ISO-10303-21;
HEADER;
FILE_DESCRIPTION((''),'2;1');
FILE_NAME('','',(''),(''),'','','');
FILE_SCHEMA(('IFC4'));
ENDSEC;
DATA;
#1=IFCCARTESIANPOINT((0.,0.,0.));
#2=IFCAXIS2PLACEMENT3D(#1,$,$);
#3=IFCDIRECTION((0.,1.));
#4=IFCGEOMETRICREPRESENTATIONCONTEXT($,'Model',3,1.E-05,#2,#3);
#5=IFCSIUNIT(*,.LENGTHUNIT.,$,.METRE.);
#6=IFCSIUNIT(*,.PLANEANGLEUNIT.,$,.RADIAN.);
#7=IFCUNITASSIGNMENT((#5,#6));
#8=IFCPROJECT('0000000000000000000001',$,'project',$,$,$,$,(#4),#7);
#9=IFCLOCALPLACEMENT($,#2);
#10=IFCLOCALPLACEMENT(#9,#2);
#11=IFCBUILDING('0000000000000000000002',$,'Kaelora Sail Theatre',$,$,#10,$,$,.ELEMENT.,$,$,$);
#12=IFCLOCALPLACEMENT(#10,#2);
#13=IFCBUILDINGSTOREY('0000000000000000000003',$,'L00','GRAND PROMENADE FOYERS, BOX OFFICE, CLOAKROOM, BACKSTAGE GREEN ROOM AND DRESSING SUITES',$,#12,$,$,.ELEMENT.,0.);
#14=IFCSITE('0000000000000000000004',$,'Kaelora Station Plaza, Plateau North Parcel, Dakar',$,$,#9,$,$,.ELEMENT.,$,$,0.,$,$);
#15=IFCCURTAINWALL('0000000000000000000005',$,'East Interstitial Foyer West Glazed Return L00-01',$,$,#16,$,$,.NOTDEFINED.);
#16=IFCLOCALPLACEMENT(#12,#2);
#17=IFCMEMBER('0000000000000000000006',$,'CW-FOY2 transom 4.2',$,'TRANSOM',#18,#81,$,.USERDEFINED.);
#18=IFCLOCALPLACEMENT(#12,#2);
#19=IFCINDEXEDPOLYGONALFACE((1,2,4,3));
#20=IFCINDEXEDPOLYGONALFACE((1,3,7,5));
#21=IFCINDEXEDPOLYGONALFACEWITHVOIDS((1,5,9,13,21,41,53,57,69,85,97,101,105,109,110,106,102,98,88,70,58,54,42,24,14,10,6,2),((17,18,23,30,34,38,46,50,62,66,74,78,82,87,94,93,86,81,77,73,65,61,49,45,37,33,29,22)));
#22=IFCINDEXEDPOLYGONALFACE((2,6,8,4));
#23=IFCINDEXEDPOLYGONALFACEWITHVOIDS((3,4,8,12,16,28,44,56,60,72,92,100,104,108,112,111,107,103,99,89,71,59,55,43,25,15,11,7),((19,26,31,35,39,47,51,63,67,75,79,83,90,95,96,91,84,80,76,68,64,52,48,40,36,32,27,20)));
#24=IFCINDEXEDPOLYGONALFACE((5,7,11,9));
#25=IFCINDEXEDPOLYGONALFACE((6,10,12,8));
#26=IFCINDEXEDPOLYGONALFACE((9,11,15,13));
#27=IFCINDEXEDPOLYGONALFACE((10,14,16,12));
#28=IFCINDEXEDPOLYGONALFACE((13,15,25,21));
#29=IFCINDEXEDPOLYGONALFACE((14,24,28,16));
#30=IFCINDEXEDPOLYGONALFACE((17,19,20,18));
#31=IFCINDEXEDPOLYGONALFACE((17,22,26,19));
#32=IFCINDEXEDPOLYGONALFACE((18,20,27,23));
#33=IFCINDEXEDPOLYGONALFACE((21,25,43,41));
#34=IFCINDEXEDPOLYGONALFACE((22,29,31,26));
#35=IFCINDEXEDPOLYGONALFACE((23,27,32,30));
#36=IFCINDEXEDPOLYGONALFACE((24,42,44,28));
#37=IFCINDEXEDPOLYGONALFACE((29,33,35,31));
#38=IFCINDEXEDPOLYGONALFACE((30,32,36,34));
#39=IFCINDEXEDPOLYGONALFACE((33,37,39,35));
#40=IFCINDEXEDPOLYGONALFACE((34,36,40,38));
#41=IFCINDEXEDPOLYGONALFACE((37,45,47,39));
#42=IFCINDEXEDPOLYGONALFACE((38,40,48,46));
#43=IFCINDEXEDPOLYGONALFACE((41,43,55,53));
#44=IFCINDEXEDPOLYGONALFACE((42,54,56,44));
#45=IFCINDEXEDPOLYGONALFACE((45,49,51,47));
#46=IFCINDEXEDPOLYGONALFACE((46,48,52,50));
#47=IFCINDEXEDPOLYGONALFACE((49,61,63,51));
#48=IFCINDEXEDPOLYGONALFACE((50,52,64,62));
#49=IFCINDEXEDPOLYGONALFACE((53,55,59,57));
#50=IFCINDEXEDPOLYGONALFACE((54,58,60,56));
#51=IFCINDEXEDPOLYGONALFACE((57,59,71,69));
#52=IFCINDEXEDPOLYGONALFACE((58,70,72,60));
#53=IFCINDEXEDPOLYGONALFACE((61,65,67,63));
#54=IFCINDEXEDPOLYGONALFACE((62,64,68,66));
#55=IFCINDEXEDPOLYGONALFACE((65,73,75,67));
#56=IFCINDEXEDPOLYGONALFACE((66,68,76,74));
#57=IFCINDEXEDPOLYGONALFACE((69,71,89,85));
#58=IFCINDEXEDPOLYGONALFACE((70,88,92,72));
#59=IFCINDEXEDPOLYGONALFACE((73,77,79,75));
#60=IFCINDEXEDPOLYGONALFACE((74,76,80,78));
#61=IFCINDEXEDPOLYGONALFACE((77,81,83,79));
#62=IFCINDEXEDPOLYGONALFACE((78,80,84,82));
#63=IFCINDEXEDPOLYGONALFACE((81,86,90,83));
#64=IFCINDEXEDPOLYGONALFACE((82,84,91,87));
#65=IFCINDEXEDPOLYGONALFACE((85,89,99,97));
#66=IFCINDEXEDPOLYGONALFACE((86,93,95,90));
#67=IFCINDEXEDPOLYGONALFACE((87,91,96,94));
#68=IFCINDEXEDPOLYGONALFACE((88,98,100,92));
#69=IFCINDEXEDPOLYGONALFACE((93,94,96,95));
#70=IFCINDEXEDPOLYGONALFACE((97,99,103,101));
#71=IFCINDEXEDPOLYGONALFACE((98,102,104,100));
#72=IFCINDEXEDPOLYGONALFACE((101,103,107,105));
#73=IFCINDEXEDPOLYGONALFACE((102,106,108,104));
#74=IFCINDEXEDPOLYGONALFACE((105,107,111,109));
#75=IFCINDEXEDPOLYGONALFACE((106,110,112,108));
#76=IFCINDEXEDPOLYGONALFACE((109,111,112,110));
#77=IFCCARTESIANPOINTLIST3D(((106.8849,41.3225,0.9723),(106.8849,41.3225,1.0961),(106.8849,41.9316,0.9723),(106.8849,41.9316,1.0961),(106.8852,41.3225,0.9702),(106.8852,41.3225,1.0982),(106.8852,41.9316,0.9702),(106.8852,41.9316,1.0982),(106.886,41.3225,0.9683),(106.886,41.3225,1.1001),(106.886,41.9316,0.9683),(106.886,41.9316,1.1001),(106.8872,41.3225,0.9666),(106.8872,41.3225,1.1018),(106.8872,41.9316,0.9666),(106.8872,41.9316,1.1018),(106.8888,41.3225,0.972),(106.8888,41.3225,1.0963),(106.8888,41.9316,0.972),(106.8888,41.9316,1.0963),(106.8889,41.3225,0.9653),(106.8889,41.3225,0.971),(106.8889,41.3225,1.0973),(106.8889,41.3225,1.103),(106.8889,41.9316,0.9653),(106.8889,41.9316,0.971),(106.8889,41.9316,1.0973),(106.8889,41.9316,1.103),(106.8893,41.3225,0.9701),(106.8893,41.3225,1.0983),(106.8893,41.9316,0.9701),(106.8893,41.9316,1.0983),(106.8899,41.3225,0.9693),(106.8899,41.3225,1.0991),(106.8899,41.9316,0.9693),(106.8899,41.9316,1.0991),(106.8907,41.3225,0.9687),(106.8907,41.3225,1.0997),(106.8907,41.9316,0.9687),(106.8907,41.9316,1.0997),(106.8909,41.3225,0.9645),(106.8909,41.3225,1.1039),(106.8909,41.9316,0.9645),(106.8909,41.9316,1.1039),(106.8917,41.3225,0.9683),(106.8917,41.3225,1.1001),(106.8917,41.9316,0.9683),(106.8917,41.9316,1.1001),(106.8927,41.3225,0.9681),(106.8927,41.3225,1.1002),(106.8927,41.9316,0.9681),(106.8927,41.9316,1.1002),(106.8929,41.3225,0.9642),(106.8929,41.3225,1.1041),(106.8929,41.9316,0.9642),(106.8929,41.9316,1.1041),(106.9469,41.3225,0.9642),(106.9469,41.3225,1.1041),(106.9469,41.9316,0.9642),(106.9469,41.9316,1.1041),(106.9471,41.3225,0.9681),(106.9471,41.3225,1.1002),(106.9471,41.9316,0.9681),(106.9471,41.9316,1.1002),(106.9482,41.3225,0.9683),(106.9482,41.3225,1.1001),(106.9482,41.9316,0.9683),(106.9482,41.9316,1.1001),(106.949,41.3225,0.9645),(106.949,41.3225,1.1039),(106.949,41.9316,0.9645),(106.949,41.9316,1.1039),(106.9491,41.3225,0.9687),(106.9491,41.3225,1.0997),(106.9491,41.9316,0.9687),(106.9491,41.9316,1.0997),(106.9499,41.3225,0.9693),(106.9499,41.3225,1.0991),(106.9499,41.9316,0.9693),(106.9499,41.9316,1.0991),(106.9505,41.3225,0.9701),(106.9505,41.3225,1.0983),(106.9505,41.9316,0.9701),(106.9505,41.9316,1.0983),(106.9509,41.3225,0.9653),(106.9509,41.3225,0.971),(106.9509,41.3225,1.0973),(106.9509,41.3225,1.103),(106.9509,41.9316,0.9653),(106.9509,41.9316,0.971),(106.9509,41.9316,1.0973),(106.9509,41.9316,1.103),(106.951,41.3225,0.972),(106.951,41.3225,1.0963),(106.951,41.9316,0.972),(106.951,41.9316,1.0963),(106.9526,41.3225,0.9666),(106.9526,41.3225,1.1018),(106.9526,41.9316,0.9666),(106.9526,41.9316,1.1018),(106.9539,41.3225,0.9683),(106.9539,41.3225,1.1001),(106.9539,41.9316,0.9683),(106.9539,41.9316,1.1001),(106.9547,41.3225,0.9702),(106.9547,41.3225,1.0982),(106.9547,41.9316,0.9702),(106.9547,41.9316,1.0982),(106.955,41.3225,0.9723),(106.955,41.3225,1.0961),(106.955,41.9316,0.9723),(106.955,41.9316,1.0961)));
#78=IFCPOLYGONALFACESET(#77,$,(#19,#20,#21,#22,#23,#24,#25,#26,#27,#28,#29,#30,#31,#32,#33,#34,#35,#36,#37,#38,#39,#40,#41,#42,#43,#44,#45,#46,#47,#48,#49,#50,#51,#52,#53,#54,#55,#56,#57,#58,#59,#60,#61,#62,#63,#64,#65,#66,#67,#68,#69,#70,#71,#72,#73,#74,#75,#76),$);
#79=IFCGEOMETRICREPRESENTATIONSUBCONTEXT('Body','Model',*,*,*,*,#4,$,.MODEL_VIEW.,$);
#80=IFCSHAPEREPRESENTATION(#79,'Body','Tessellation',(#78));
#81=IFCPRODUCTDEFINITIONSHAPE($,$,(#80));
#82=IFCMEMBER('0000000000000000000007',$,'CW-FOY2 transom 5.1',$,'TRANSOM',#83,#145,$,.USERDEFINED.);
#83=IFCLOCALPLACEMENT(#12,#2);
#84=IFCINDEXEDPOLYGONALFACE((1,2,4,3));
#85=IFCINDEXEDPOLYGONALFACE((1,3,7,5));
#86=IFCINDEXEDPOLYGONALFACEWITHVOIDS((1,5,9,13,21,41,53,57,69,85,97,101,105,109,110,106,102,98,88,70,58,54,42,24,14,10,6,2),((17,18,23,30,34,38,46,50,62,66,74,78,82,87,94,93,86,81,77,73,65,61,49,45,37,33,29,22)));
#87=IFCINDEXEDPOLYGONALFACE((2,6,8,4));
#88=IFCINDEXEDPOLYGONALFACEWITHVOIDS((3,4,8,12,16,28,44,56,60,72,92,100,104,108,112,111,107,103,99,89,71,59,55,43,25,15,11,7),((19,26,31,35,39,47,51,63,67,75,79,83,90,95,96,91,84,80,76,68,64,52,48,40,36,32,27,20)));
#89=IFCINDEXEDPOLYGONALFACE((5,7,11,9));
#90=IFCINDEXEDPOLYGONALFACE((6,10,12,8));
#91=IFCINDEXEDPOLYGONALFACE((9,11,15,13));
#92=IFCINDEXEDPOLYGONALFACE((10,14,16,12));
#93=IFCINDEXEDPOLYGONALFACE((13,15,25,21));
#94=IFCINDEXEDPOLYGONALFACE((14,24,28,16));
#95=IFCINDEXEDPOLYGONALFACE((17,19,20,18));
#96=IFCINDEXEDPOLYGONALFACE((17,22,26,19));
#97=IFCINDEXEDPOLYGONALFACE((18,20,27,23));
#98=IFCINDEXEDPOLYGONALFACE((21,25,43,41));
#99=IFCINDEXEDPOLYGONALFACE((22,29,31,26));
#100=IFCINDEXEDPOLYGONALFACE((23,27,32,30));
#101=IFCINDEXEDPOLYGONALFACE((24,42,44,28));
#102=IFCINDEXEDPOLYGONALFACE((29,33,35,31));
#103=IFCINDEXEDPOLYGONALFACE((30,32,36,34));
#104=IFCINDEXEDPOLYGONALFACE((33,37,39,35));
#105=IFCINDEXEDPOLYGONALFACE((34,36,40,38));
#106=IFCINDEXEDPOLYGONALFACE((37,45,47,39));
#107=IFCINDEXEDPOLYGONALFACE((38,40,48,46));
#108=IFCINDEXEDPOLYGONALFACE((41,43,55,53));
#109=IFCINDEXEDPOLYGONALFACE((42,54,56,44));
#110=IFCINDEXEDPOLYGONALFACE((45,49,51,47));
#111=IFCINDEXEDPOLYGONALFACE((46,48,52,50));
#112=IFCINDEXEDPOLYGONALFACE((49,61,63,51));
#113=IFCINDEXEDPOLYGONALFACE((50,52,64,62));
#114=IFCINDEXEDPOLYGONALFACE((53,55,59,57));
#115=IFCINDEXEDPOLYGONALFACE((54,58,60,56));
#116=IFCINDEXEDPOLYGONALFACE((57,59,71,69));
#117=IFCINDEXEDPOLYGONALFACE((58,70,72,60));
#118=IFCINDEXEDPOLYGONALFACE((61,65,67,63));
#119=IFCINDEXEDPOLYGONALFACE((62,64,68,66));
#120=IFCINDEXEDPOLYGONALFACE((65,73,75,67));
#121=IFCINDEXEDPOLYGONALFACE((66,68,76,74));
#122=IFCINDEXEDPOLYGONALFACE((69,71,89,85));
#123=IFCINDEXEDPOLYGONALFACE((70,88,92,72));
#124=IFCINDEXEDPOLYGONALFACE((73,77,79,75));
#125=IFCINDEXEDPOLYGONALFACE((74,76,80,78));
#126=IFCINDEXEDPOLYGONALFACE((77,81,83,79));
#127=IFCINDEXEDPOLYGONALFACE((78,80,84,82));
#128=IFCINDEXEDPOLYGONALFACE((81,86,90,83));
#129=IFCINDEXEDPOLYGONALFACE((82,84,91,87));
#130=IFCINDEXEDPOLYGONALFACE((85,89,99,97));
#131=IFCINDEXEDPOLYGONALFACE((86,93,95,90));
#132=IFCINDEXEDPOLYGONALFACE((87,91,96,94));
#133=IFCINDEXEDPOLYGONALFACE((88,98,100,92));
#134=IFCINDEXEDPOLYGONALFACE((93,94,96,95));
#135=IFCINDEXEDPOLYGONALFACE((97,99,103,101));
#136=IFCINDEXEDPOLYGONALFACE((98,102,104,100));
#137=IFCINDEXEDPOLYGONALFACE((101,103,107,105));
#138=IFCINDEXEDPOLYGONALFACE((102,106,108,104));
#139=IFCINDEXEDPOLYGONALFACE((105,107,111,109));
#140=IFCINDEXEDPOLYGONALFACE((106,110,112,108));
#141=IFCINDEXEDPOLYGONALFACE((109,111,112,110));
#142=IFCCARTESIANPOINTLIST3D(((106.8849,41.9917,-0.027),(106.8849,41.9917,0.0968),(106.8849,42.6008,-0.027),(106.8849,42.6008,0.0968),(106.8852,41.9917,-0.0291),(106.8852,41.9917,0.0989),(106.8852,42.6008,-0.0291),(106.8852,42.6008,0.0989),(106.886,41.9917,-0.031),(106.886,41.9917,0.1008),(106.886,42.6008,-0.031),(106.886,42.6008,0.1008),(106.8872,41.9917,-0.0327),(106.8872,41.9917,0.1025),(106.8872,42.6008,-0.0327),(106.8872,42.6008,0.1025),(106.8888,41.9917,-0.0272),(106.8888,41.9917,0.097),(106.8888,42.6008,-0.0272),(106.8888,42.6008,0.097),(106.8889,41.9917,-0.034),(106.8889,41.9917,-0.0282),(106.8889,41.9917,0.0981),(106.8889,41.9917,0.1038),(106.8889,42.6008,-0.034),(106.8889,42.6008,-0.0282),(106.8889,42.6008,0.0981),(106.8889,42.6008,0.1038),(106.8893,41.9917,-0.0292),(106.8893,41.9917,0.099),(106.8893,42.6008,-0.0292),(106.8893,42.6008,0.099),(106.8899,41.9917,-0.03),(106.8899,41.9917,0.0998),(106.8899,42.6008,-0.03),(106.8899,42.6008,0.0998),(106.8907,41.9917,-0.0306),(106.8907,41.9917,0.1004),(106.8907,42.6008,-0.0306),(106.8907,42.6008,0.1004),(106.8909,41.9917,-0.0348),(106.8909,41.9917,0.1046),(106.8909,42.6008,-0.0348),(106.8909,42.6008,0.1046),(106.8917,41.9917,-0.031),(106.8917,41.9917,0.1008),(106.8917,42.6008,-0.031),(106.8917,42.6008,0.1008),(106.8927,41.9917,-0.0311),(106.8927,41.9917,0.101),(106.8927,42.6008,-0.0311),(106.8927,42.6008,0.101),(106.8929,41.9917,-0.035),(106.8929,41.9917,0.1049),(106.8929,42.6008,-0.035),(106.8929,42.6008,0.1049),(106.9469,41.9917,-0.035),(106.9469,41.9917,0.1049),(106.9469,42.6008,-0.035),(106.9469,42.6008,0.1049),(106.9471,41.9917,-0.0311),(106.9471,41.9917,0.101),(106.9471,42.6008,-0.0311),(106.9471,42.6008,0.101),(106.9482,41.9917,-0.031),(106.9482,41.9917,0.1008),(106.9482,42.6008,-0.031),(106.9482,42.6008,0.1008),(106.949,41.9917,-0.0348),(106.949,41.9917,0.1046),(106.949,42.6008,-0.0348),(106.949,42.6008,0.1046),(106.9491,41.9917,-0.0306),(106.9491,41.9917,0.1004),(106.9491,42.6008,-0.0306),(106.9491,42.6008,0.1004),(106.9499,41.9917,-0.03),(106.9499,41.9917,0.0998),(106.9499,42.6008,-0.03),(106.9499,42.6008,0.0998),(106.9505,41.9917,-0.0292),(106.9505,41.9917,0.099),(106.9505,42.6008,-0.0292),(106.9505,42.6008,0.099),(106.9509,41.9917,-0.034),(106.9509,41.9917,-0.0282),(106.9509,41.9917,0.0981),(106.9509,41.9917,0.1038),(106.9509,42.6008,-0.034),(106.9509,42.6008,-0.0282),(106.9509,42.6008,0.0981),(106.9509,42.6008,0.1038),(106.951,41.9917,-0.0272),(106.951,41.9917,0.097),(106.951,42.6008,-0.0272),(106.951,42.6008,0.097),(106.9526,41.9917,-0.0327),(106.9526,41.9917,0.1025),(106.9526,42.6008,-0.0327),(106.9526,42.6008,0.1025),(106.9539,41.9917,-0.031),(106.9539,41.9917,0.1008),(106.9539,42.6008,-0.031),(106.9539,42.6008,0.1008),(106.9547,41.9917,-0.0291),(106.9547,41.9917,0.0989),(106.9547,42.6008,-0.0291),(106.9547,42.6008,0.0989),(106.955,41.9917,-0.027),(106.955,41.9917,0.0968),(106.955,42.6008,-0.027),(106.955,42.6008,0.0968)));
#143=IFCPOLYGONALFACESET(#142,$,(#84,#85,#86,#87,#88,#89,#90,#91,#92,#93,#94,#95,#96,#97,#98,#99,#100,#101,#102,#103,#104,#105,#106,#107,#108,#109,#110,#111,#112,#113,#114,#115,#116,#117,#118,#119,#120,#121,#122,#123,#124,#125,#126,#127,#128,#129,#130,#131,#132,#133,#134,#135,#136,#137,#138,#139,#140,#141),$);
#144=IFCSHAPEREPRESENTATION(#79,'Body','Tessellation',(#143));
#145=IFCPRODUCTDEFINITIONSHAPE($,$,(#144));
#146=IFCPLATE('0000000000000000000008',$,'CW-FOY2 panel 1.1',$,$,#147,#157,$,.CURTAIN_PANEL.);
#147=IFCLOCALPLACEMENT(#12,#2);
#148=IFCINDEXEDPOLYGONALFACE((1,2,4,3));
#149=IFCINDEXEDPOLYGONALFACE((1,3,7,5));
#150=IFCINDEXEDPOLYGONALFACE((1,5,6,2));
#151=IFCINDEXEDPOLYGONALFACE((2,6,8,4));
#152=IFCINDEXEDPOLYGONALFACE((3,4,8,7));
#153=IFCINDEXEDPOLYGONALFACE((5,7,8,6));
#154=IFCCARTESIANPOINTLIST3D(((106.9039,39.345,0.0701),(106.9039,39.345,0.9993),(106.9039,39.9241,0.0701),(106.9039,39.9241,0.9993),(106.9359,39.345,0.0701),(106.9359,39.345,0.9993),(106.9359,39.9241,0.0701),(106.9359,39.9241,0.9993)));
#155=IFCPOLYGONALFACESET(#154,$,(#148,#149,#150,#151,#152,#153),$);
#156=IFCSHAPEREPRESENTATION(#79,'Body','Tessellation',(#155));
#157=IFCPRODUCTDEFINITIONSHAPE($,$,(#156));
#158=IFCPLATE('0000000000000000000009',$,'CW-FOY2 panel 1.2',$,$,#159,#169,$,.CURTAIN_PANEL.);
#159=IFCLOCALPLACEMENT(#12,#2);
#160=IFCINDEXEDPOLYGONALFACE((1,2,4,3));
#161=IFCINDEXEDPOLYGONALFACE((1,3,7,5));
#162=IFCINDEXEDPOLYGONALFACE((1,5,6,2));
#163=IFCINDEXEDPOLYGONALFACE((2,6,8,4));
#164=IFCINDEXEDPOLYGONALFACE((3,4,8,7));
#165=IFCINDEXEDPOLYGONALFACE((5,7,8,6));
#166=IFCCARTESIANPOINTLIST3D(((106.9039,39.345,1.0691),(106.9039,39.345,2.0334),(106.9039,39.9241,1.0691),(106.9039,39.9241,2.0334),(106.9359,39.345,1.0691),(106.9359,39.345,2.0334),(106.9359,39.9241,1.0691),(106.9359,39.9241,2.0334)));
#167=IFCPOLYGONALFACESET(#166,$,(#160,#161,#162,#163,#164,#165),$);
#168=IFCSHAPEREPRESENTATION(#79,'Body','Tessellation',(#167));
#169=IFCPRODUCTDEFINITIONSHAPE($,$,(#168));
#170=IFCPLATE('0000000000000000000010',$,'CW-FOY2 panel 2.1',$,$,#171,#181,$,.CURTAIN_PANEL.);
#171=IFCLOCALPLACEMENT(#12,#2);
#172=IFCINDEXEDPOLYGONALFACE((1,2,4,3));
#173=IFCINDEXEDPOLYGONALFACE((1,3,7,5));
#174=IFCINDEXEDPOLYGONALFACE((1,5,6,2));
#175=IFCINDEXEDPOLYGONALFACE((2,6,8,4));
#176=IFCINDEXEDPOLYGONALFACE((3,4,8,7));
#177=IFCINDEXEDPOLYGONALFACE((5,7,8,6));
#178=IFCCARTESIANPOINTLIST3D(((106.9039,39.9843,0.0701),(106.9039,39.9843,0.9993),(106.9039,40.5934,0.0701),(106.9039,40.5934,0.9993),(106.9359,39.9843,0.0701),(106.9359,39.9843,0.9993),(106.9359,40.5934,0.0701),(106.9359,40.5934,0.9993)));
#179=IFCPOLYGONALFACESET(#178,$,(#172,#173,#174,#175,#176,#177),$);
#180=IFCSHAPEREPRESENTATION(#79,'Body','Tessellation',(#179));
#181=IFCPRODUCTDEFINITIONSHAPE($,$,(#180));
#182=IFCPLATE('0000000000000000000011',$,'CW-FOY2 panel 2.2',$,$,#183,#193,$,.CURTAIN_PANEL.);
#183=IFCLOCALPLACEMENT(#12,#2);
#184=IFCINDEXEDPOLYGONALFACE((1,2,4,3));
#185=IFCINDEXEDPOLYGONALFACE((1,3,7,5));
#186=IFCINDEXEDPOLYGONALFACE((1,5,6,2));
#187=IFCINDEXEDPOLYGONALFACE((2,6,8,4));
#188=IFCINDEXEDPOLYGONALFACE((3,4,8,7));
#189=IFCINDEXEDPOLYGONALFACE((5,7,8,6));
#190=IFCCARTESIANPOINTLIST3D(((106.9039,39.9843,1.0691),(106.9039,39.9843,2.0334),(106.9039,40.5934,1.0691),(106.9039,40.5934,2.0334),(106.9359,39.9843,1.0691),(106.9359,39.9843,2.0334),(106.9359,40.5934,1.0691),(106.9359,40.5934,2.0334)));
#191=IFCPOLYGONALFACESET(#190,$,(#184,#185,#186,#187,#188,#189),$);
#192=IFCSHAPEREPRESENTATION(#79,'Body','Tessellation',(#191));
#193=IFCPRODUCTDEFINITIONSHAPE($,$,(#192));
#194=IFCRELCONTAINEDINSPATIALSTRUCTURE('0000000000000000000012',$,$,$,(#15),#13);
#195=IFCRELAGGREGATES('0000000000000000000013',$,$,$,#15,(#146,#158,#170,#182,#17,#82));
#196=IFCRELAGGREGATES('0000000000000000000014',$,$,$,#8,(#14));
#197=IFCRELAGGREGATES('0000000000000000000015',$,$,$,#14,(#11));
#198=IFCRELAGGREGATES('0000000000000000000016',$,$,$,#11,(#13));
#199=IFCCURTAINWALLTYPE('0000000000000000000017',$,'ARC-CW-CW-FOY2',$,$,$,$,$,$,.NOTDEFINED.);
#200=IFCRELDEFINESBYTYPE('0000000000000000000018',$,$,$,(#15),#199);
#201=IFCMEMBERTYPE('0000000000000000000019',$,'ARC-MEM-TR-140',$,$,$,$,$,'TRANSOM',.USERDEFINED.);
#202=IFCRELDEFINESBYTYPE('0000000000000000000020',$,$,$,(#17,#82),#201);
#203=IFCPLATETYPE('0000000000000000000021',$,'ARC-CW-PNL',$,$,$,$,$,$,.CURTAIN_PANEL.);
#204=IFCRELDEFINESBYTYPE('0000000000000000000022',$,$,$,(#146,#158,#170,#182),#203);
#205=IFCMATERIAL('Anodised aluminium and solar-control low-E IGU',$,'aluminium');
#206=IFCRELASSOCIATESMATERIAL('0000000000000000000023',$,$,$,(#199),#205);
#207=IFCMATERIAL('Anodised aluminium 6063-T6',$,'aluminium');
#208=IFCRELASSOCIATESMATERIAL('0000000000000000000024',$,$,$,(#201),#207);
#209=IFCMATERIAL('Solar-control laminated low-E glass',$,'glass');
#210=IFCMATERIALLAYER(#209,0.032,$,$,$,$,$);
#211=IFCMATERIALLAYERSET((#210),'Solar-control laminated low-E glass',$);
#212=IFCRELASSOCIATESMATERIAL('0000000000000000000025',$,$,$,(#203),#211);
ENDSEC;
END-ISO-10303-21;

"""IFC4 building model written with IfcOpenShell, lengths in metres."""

from ifc_helpers import new_model, si_unit, direction, frame, origin, origin_2d, place, context, subcontext, project, spatial, rectangle, hollow_rectangle, extrude, material, layer, layer_set, material_profile, profile_set, type_object, element, aggregate, save


model = new_model("IFC4")

# Units and contexts
model_context = context("Model", 3, precision=1e-05, world=origin(), true_north=direction((0.0, 1.0)))
body_context = subcontext(model_context, "Body", "Model", "MODEL_VIEW")
ifc_project = project(units=[si_unit("LENGTHUNIT", "METRE"), si_unit("PLANEANGLEUNIT", "RADIAN")], contexts=[model_context])

# Site, building, storey
site_placement = place(None, origin())
site = spatial("IfcSite", under=ifc_project, at=site_placement, Name="Kaelora Station Plaza, Plateau North Parcel, Dakar", CompositionType="ELEMENT", RefElevation=0.0)
building_placement = place(site_placement, origin())
building = spatial("IfcBuilding", under=site, at=building_placement, Name="Kaelora Sail Theatre", CompositionType="ELEMENT")
storey_placement = place(building_placement, origin())
storey = spatial("IfcBuildingStorey", under=building, at=storey_placement, Name="L00", Description="GRAND PROMENADE FOYERS, BOX OFFICE, CLOAKROOM, BACKSTAGE GREEN ROOM AND DRESSING SUITES", CompositionType="ELEMENT", Elevation=0.0)

# Curtain wall, members, plates
ifc_material_1 = material(Name="Anodised aluminium and solar-control low-E IGU", Category="aluminium")
curtain_wall_type = type_object("IfcCurtainWallType", Name="ARC-CW-CW-FOY2", PredefinedType="NOTDEFINED", material=ifc_material_1)
curtain_wall_placement = place(storey_placement, origin())
curtain_wall = element("IfcCurtainWall", 1, at=curtain_wall_placement, inside=storey, type_object=curtain_wall_type, Name="East Interstitial Foyer West Glazed Return L00-01", PredefinedType="NOTDEFINED")
ifc_material_2 = material(Name="Anodised aluminium 6063-T6", Category="aluminium")
ifc_material_profile_1 = material_profile(ifc_material_2, hollow_rectangle(XDim=0.0701, YDim=0.1399, WallThickness=0.0039, InnerFilletRadius=0.0039, OuterFilletRadius=0.0081, at=origin_2d()), Name="ALU-TRAN 70x140x4")
ifc_profile_set_1 = profile_set([ifc_material_profile_1], Name="Anodised aluminium 6063-T6")
member_type_1 = type_object("IfcMemberType", Name="ARC-MEM-TR-140", ElementType="TRANSOM", PredefinedType="USERDEFINED", material=ifc_profile_set_1)
member_1_placement = place(storey_placement, frame((106.9199, 41.3225, 1.0342), z_axis=(0.0, 1.0, 0.0), x_axis=(-1.0, 0.0, 0.0)))
member_1 = element("IfcMember", 2, at=member_1_placement, type_object=member_type_1, Name="CW-FOY2 transom 4.2", ObjectType="TRANSOM", PredefinedType="USERDEFINED", context=body_context, shape_type="SweptSolid", body=[
    extrude(hollow_rectangle(XDim=0.0701, YDim=0.1399, WallThickness=0.0039, InnerFilletRadius=0.0039, OuterFilletRadius=0.0081, at=origin_2d()), origin(), (0.0, 0.0, 1.0), 0.6091),
])
member_2_placement = place(storey_placement, frame((106.9199, 41.9917, 0.0349), z_axis=(0.0, 1.0, 0.0), x_axis=(-1.0, 0.0, 0.0)))
member_2 = element("IfcMember", 3, at=member_2_placement, type_object=member_type_1, Name="CW-FOY2 transom 5.1", ObjectType="TRANSOM", PredefinedType="USERDEFINED", context=body_context, shape_type="SweptSolid", body=[
    extrude(hollow_rectangle(XDim=0.0701, YDim=0.1399, WallThickness=0.0039, InnerFilletRadius=0.0039, OuterFilletRadius=0.0081, at=origin_2d()), origin(), (0.0, 0.0, 1.0), 0.6091),
])
ifc_material_3 = material(Name="Solar-control laminated low-E glass", Category="glass")
ifc_layer = layer(ifc_material_3, 0.032)
ifc_layer_set = layer_set([ifc_layer], Name="Solar-control laminated low-E glass")
plate_type = type_object("IfcPlateType", Name="ARC-CW-PNL", PredefinedType="CURTAIN_PANEL", material=ifc_layer_set)
plate_1_placement = place(storey_placement, frame((106.9199, 39.6345, 0.0701), z_axis=(0.0, 0.0, 1.0), x_axis=(0.0, 1.0, 0.0)))
plate_1 = element("IfcPlate", 4, at=plate_1_placement, type_object=plate_type, Name="CW-FOY2 panel 1.1", PredefinedType="CURTAIN_PANEL", context=body_context, shape_type="SweptSolid", body=[
    extrude(rectangle(XDim=0.5791, YDim=0.032, at=origin_2d()), origin(), (0.0, 0.0, 1.0), 0.9292),
])
plate_2_placement = place(storey_placement, frame((106.9199, 39.6345, 1.0691), z_axis=(0.0, 0.0, 1.0), x_axis=(0.0, 1.0, 0.0)))
plate_2 = element("IfcPlate", 5, at=plate_2_placement, type_object=plate_type, Name="CW-FOY2 panel 1.2", PredefinedType="CURTAIN_PANEL", context=body_context, shape_type="SweptSolid", body=[
    extrude(rectangle(XDim=0.5791, YDim=0.032, at=origin_2d()), origin(), (0.0, 0.0, 1.0), 0.9644),
])
plate_3_placement = place(storey_placement, frame((106.9199, 40.2888, 0.0701), z_axis=(0.0, 0.0, 1.0), x_axis=(0.0, 1.0, 0.0)))
plate_3 = element("IfcPlate", 6, at=plate_3_placement, type_object=plate_type, Name="CW-FOY2 panel 2.1", PredefinedType="CURTAIN_PANEL", context=body_context, shape_type="SweptSolid", body=[
    extrude(rectangle(XDim=0.6091, YDim=0.032, at=origin_2d()), origin(), (0.0, 0.0, 1.0), 0.9292),
])
plate_4_placement = place(storey_placement, frame((106.9199, 40.2888, 1.0691), z_axis=(0.0, 0.0, 1.0), x_axis=(0.0, 1.0, 0.0)))
plate_4 = element("IfcPlate", 7, at=plate_4_placement, type_object=plate_type, Name="CW-FOY2 panel 2.2", PredefinedType="CURTAIN_PANEL", context=body_context, shape_type="SweptSolid", body=[
    extrude(rectangle(XDim=0.6091, YDim=0.032, at=origin_2d()), origin(), (0.0, 0.0, 1.0), 0.9644),
])
aggregate(curtain_wall, [plate_1, plate_2, plate_3, plate_4, member_1, member_2])

save(model, "model.ifc")
